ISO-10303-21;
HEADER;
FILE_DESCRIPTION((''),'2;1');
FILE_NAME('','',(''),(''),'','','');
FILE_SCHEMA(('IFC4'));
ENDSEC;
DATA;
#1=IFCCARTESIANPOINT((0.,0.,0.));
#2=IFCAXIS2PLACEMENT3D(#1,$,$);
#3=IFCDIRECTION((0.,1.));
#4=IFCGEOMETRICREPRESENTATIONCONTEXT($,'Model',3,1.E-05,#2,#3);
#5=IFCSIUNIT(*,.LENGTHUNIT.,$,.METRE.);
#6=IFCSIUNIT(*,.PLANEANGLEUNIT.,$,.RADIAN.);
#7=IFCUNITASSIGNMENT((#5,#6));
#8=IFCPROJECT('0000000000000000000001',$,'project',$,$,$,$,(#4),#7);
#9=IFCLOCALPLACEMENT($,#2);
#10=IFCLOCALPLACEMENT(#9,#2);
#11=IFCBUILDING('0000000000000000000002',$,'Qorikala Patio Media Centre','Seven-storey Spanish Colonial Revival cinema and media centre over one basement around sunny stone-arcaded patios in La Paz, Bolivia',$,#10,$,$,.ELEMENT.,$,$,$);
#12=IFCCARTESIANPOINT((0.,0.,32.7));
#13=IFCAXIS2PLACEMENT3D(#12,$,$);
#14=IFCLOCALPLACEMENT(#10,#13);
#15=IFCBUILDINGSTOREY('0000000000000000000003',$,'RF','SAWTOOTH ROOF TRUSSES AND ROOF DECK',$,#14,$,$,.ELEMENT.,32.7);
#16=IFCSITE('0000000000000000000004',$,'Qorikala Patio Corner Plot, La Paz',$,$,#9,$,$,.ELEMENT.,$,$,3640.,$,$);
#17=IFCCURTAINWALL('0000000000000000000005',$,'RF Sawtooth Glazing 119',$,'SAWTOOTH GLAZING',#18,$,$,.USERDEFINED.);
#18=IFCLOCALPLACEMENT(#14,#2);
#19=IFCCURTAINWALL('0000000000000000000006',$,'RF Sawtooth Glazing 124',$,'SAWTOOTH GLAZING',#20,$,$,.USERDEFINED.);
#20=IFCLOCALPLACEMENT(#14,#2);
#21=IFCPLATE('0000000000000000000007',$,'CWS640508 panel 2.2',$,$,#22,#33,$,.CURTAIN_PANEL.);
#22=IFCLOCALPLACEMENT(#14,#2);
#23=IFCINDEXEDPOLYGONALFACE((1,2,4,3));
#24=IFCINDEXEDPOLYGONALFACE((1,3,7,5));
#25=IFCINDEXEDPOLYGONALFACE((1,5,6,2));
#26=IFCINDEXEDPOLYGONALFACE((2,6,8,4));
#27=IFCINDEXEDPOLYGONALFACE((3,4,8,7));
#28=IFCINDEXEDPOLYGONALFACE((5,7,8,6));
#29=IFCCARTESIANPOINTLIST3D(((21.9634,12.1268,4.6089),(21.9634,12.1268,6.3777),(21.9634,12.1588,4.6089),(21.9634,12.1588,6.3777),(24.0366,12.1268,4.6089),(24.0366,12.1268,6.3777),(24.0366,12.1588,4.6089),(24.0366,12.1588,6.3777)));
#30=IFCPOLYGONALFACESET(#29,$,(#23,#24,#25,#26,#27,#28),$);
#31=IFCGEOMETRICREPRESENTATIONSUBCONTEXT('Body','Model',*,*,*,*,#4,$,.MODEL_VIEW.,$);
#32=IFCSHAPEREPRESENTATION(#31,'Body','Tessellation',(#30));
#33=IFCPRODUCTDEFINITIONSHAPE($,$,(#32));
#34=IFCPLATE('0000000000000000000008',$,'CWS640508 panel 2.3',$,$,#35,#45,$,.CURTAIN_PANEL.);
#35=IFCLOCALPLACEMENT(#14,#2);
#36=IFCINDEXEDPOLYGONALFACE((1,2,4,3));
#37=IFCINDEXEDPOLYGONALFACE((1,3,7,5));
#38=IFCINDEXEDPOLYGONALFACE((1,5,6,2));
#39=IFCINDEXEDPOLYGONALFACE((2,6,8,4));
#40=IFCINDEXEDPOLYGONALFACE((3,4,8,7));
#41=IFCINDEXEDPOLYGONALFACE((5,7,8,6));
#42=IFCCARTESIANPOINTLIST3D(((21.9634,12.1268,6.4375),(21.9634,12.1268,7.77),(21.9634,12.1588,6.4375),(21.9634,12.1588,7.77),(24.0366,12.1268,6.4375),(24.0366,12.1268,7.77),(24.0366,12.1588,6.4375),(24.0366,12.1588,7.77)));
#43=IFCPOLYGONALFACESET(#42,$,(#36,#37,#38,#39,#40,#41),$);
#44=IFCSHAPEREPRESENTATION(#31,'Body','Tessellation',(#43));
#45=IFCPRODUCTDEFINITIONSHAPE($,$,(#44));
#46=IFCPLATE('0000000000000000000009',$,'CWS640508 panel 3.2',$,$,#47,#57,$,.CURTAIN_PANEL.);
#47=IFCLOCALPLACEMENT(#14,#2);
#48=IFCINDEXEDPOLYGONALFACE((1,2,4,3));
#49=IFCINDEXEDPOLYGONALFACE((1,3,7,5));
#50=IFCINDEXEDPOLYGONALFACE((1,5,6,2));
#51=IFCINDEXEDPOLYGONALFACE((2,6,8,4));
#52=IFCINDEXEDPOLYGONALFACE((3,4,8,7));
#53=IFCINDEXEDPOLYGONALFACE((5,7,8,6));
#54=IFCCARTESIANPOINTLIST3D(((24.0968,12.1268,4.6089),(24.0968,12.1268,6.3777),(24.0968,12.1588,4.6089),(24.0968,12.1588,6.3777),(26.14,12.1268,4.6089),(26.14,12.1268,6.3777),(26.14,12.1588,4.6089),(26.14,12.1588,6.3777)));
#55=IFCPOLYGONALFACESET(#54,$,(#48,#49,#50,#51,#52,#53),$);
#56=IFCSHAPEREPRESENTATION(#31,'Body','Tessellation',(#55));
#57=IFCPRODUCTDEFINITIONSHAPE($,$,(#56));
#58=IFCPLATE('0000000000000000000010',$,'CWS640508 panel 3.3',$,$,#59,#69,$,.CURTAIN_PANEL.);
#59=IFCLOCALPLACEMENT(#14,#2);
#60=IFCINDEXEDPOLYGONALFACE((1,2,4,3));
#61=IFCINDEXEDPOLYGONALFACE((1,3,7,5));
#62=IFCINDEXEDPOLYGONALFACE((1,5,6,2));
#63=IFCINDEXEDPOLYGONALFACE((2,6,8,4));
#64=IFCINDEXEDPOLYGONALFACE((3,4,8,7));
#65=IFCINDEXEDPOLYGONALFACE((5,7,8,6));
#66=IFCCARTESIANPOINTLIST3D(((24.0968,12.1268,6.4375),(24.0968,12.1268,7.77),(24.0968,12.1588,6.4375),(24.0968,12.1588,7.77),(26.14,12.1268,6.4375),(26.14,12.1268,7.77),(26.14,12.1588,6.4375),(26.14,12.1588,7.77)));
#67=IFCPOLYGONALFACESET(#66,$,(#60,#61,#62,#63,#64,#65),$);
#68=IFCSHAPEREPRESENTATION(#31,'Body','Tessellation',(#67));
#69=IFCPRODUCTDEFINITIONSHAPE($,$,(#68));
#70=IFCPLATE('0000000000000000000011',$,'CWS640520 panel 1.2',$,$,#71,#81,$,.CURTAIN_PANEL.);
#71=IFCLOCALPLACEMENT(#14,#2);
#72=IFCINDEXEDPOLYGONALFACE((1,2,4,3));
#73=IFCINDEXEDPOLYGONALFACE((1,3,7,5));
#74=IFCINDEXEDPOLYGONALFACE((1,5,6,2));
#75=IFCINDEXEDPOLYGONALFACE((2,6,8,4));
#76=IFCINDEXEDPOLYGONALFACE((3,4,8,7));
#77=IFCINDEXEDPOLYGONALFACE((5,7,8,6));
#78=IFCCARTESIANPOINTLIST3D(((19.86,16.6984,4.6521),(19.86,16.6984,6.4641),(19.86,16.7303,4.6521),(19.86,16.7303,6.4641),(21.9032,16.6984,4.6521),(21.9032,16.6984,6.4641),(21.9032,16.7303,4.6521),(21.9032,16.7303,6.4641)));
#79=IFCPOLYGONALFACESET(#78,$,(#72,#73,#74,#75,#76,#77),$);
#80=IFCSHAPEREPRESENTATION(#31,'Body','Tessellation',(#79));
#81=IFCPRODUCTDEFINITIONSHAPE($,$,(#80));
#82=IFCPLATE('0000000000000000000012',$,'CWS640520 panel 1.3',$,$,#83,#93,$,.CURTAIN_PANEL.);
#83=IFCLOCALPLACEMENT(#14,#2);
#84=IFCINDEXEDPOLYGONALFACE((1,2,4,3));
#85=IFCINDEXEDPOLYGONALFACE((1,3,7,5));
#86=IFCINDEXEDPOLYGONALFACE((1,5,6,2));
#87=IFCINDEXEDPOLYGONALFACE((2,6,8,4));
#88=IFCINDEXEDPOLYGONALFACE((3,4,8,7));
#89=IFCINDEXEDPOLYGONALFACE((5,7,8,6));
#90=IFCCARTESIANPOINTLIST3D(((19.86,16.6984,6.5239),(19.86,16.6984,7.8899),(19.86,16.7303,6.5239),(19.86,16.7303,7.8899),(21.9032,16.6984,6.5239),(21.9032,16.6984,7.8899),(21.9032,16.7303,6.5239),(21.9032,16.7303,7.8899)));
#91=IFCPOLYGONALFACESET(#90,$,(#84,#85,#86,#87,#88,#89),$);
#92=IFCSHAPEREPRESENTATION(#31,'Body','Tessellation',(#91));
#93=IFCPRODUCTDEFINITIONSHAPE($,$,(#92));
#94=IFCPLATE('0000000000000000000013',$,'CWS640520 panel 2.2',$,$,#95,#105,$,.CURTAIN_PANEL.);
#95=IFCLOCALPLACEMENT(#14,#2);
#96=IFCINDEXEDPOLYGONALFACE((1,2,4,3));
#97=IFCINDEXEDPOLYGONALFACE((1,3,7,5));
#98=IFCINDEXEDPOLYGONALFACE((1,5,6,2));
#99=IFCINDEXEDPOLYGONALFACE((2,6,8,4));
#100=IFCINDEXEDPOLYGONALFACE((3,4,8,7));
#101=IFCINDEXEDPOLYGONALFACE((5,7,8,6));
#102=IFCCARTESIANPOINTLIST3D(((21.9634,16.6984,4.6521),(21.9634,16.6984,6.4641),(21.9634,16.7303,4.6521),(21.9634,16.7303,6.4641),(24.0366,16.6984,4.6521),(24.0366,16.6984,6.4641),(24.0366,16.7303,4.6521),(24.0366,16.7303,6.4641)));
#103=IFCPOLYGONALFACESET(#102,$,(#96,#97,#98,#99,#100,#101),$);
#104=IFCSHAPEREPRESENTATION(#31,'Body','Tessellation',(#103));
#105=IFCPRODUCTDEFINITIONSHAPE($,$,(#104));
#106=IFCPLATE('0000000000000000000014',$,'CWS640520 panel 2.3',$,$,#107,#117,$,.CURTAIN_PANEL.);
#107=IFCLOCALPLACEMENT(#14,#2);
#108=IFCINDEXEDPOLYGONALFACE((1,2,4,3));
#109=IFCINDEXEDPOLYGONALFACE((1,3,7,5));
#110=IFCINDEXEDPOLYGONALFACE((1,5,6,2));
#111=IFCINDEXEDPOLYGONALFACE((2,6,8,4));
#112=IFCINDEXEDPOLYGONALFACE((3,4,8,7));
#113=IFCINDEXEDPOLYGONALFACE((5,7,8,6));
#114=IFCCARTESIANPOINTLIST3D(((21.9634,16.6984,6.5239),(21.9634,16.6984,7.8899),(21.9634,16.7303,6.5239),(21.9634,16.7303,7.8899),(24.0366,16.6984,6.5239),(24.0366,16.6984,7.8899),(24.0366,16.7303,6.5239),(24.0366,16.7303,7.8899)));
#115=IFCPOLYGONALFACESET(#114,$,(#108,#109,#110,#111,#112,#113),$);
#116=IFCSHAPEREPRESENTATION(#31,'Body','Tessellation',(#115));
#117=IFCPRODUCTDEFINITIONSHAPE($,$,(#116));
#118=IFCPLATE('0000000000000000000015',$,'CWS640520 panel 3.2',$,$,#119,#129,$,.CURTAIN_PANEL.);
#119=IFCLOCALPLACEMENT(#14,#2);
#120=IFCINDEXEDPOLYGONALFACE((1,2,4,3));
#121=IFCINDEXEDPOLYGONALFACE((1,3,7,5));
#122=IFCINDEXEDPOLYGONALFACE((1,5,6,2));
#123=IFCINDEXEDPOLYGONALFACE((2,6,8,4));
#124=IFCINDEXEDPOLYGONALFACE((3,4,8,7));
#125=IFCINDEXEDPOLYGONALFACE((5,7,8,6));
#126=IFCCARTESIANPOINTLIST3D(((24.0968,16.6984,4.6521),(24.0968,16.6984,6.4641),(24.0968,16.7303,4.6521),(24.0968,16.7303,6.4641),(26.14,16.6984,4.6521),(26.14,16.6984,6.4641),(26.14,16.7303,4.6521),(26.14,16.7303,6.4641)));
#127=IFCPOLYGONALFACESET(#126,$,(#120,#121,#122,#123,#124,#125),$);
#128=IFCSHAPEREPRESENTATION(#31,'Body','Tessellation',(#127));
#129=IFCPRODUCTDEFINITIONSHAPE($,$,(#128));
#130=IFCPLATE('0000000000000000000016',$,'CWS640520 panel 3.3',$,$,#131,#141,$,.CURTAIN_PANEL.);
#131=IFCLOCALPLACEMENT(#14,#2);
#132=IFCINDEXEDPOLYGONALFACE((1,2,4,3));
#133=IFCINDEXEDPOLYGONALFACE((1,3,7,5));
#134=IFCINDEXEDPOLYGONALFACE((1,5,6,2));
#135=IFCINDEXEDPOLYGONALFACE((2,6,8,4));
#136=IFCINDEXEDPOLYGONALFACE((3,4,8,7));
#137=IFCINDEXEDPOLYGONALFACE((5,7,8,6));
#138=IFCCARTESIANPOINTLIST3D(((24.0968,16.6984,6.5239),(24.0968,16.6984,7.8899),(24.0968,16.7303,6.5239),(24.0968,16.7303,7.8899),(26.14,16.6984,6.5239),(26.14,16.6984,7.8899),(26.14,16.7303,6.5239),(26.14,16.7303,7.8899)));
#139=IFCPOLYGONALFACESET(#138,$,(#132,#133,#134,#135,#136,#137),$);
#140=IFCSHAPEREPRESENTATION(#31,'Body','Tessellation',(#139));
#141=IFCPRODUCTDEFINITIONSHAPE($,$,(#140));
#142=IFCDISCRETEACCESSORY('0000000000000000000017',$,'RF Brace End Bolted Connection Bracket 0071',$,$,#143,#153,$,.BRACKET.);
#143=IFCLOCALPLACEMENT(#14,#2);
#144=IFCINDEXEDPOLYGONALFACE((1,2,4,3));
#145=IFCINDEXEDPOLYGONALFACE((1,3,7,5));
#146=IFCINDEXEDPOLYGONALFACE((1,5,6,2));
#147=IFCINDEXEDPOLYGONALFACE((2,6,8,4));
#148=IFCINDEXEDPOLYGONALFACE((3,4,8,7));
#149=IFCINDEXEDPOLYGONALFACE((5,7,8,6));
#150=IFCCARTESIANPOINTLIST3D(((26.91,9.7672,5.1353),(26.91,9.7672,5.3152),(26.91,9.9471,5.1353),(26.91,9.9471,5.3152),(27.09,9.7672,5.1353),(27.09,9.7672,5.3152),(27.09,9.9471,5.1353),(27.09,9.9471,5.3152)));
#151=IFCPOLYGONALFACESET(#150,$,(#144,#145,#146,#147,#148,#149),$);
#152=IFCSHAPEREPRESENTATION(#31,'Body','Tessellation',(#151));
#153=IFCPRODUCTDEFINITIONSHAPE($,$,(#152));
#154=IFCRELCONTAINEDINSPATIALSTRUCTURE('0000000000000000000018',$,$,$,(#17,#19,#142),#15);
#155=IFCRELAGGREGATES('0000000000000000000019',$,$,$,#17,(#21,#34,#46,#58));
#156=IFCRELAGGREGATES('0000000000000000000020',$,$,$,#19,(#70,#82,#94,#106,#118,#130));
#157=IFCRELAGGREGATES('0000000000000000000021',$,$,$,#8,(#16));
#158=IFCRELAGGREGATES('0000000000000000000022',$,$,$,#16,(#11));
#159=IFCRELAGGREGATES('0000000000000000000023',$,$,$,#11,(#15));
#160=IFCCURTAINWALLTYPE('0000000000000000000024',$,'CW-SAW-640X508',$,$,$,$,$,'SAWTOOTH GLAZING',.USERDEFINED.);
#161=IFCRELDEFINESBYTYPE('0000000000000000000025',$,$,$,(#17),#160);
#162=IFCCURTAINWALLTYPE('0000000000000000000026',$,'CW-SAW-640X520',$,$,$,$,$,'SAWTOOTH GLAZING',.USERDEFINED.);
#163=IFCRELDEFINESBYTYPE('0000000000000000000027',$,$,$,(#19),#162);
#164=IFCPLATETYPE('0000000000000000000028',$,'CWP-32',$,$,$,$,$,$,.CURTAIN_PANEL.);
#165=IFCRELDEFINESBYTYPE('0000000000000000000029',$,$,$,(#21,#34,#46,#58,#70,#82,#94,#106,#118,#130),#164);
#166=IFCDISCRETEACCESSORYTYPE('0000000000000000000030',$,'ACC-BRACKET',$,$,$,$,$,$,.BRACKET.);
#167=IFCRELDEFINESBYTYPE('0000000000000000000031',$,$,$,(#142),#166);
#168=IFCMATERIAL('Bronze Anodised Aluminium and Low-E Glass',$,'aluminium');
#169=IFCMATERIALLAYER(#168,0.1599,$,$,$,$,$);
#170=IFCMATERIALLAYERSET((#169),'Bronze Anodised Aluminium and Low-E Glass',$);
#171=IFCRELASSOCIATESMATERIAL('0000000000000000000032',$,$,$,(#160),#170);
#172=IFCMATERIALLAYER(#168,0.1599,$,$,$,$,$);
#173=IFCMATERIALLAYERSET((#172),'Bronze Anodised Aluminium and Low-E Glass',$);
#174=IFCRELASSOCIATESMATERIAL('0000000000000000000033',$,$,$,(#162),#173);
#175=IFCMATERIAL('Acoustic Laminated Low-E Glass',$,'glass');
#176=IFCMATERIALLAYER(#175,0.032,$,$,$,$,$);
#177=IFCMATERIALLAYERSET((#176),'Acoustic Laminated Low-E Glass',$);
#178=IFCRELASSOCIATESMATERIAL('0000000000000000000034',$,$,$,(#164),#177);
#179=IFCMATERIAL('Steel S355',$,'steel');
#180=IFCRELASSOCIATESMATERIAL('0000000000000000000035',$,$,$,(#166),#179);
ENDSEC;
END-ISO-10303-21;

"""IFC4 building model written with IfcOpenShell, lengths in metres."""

from ifc_helpers import new_model, si_unit, direction, frame, origin, origin_2d, place, context, subcontext, project, spatial, rectangle, extrude, material, layer, layer_set, type_object, element, aggregate, save


model = new_model("IFC4")

# Units and contexts
model_context = context("Model", 3, precision=1e-05, world=origin(), true_north=direction((0.0, 1.0)))
body_context = subcontext(model_context, "Body", "Model", "MODEL_VIEW")
ifc_project = project(units=[si_unit("LENGTHUNIT", "METRE"), si_unit("PLANEANGLEUNIT", "RADIAN")], contexts=[model_context])

# Site, building, storey
site_placement = place(None, origin())
site = spatial("IfcSite", under=ifc_project, at=site_placement, Name="Qorikala Patio Corner Plot, La Paz", CompositionType="ELEMENT", RefElevation=3640.0)
building_placement = place(site_placement, origin())
building = spatial("IfcBuilding", under=site, at=building_placement, Name="Qorikala Patio Media Centre", Description="Seven-storey Spanish Colonial Revival cinema and media centre over one basement around sunny stone-arcaded patios in La Paz, Bolivia", CompositionType="ELEMENT")
storey_placement = place(building_placement, frame((0.0, 0.0, 32.7)))
storey = spatial("IfcBuildingStorey", under=building, at=storey_placement, Name="RF", Description="SAWTOOTH ROOF TRUSSES AND ROOF DECK", CompositionType="ELEMENT", Elevation=32.7)

# Shared definitions
ifc_material_1 = material(Name="Steel S355", Category="steel")

# Curtain walls
ifc_material_2 = material(Name="Bronze Anodised Aluminium and Low-E Glass", Category="aluminium")
ifc_layer_1 = layer(ifc_material_2, 0.1599)
ifc_layer_set_1 = layer_set([ifc_layer_1], Name="Bronze Anodised Aluminium and Low-E Glass")
curtain_wall_type_1 = type_object("IfcCurtainWallType", Name="CW-SAW-640X508", ElementType="SAWTOOTH GLAZING", PredefinedType="USERDEFINED", material=ifc_layer_set_1)
curtain_wall_1_placement = place(storey_placement, origin())
curtain_wall_1 = element("IfcCurtainWall", 1, at=curtain_wall_1_placement, inside=storey, type_object=curtain_wall_type_1, Name="RF Sawtooth Glazing 119", ObjectType="SAWTOOTH GLAZING", PredefinedType="USERDEFINED")
ifc_layer_2 = layer(ifc_material_2, 0.1599)
ifc_layer_set_2 = layer_set([ifc_layer_2], Name="Bronze Anodised Aluminium and Low-E Glass")
curtain_wall_type_2 = type_object("IfcCurtainWallType", Name="CW-SAW-640X520", ElementType="SAWTOOTH GLAZING", PredefinedType="USERDEFINED", material=ifc_layer_set_2)
curtain_wall_2_placement = place(storey_placement, origin())
curtain_wall_2 = element("IfcCurtainWall", 2, at=curtain_wall_2_placement, inside=storey, type_object=curtain_wall_type_2, Name="RF Sawtooth Glazing 124", ObjectType="SAWTOOTH GLAZING", PredefinedType="USERDEFINED")

# Plates
ifc_material_3 = material(Name="Acoustic Laminated Low-E Glass", Category="glass")
ifc_layer_3 = layer(ifc_material_3, 0.032)
ifc_layer_set_3 = layer_set([ifc_layer_3], Name="Acoustic Laminated Low-E Glass")
plate_type = type_object("IfcPlateType", Name="CWP-32", PredefinedType="CURTAIN_PANEL", material=ifc_layer_set_3)
plate_1_placement = place(storey_placement, frame((23.0, 12.1428, 4.6089), z_axis=(0.0, 0.0, 1.0), x_axis=(1.0, 0.0, 0.0)))
plate_1 = element("IfcPlate", 3, at=plate_1_placement, type_object=plate_type, Name="CWS640508 panel 2.2", PredefinedType="CURTAIN_PANEL", context=body_context, shape_type="SweptSolid", body=[
    extrude(rectangle(XDim=2.0732, YDim=0.032, at=origin_2d()), origin(), (0.0, 0.0, 1.0), 1.7688),
])
plate_2_placement = place(storey_placement, frame((23.0, 12.1428, 6.4375), z_axis=(0.0, 0.0, 1.0), x_axis=(1.0, 0.0, 0.0)))
plate_2 = element("IfcPlate", 4, at=plate_2_placement, type_object=plate_type, Name="CWS640508 panel 2.3", PredefinedType="CURTAIN_PANEL", context=body_context, shape_type="SweptSolid", body=[
    extrude(rectangle(XDim=2.0732, YDim=0.032, at=origin_2d()), origin(), (0.0, 0.0, 1.0), 1.3325),
])
plate_3_placement = place(storey_placement, frame((25.1184, 12.1428, 4.6089), z_axis=(0.0, 0.0, 1.0), x_axis=(1.0, 0.0, 0.0)))
plate_3 = element("IfcPlate", 5, at=plate_3_placement, type_object=plate_type, Name="CWS640508 panel 3.2", PredefinedType="CURTAIN_PANEL", context=body_context, shape_type="SweptSolid", body=[
    extrude(rectangle(XDim=2.0432, YDim=0.032, at=origin_2d()), origin(), (0.0, 0.0, 1.0), 1.7688),
])
plate_4_placement = place(storey_placement, frame((25.1184, 12.1428, 6.4375), z_axis=(0.0, 0.0, 1.0), x_axis=(1.0, 0.0, 0.0)))
plate_4 = element("IfcPlate", 6, at=plate_4_placement, type_object=plate_type, Name="CWS640508 panel 3.3", PredefinedType="CURTAIN_PANEL", context=body_context, shape_type="SweptSolid", body=[
    extrude(rectangle(XDim=2.0432, YDim=0.032, at=origin_2d()), origin(), (0.0, 0.0, 1.0), 1.3325),
])
aggregate(curtain_wall_1, [plate_1, plate_2, plate_3, plate_4])
plate_5_placement = place(storey_placement, frame((20.8816, 16.7144, 4.6521), z_axis=(0.0, 0.0, 1.0), x_axis=(1.0, 0.0, 0.0)))
plate_5 = element("IfcPlate", 7, at=plate_5_placement, type_object=plate_type, Name="CWS640520 panel 1.2", PredefinedType="CURTAIN_PANEL", context=body_context, shape_type="SweptSolid", body=[
    extrude(rectangle(XDim=2.0432, YDim=0.032, at=origin_2d()), origin(), (0.0, 0.0, 1.0), 1.812),
])
plate_6_placement = place(storey_placement, frame((20.8816, 16.7144, 6.5239), z_axis=(0.0, 0.0, 1.0), x_axis=(1.0, 0.0, 0.0)))
plate_6 = element("IfcPlate", 8, at=plate_6_placement, type_object=plate_type, Name="CWS640520 panel 1.3", PredefinedType="CURTAIN_PANEL", context=body_context, shape_type="SweptSolid", body=[
    extrude(rectangle(XDim=2.0432, YDim=0.032, at=origin_2d()), origin(), (0.0, 0.0, 1.0), 1.366),
])
plate_7_placement = place(storey_placement, frame((23.0, 16.7144, 4.6521), z_axis=(0.0, 0.0, 1.0), x_axis=(1.0, 0.0, 0.0)))
plate_7 = element("IfcPlate", 9, at=plate_7_placement, type_object=plate_type, Name="CWS640520 panel 2.2", PredefinedType="CURTAIN_PANEL", context=body_context, shape_type="SweptSolid", body=[
    extrude(rectangle(XDim=2.0732, YDim=0.032, at=origin_2d()), origin(), (0.0, 0.0, 1.0), 1.812),
])
plate_8_placement = place(storey_placement, frame((23.0, 16.7144, 6.5239), z_axis=(0.0, 0.0, 1.0), x_axis=(1.0, 0.0, 0.0)))
plate_8 = element("IfcPlate", 10, at=plate_8_placement, type_object=plate_type, Name="CWS640520 panel 2.3", PredefinedType="CURTAIN_PANEL", context=body_context, shape_type="SweptSolid", body=[
    extrude(rectangle(XDim=2.0732, YDim=0.032, at=origin_2d()), origin(), (0.0, 0.0, 1.0), 1.366),
])
plate_9_placement = place(storey_placement, frame((25.1184, 16.7144, 4.6521), z_axis=(0.0, 0.0, 1.0), x_axis=(1.0, 0.0, 0.0)))
plate_9 = element("IfcPlate", 11, at=plate_9_placement, type_object=plate_type, Name="CWS640520 panel 3.2", PredefinedType="CURTAIN_PANEL", context=body_context, shape_type="SweptSolid", body=[
    extrude(rectangle(XDim=2.0432, YDim=0.032, at=origin_2d()), origin(), (0.0, 0.0, 1.0), 1.812),
])
plate_10_placement = place(storey_placement, frame((25.1184, 16.7144, 6.5239), z_axis=(0.0, 0.0, 1.0), x_axis=(1.0, 0.0, 0.0)))
plate_10 = element("IfcPlate", 12, at=plate_10_placement, type_object=plate_type, Name="CWS640520 panel 3.3", PredefinedType="CURTAIN_PANEL", context=body_context, shape_type="SweptSolid", body=[
    extrude(rectangle(XDim=2.0432, YDim=0.032, at=origin_2d()), origin(), (0.0, 0.0, 1.0), 1.366),
])
aggregate(curtain_wall_2, [plate_5, plate_6, plate_7, plate_8, plate_9, plate_10])

# Discrete accessory
discrete_accessory_type = type_object("IfcDiscreteAccessoryType", Name="ACC-BRACKET", PredefinedType="BRACKET", material=ifc_material_1)
discrete_accessory_placement = place(storey_placement, frame((27.0, 9.8572, 5.1353), z_axis=(0.0, 0.0, 1.0), x_axis=(1.0, 0.0, 0.0)))
element("IfcDiscreteAccessory", 13, at=discrete_accessory_placement, inside=storey, type_object=discrete_accessory_type, Name="RF Brace End Bolted Connection Bracket 0071", PredefinedType="BRACKET", context=body_context, shape_type="SweptSolid", body=[
    extrude(rectangle(XDim=0.1799, YDim=0.1799, at=origin_2d()), origin(), (0.0, 0.0, 1.0), 0.1799),
])

save(model, "model.ifc")
